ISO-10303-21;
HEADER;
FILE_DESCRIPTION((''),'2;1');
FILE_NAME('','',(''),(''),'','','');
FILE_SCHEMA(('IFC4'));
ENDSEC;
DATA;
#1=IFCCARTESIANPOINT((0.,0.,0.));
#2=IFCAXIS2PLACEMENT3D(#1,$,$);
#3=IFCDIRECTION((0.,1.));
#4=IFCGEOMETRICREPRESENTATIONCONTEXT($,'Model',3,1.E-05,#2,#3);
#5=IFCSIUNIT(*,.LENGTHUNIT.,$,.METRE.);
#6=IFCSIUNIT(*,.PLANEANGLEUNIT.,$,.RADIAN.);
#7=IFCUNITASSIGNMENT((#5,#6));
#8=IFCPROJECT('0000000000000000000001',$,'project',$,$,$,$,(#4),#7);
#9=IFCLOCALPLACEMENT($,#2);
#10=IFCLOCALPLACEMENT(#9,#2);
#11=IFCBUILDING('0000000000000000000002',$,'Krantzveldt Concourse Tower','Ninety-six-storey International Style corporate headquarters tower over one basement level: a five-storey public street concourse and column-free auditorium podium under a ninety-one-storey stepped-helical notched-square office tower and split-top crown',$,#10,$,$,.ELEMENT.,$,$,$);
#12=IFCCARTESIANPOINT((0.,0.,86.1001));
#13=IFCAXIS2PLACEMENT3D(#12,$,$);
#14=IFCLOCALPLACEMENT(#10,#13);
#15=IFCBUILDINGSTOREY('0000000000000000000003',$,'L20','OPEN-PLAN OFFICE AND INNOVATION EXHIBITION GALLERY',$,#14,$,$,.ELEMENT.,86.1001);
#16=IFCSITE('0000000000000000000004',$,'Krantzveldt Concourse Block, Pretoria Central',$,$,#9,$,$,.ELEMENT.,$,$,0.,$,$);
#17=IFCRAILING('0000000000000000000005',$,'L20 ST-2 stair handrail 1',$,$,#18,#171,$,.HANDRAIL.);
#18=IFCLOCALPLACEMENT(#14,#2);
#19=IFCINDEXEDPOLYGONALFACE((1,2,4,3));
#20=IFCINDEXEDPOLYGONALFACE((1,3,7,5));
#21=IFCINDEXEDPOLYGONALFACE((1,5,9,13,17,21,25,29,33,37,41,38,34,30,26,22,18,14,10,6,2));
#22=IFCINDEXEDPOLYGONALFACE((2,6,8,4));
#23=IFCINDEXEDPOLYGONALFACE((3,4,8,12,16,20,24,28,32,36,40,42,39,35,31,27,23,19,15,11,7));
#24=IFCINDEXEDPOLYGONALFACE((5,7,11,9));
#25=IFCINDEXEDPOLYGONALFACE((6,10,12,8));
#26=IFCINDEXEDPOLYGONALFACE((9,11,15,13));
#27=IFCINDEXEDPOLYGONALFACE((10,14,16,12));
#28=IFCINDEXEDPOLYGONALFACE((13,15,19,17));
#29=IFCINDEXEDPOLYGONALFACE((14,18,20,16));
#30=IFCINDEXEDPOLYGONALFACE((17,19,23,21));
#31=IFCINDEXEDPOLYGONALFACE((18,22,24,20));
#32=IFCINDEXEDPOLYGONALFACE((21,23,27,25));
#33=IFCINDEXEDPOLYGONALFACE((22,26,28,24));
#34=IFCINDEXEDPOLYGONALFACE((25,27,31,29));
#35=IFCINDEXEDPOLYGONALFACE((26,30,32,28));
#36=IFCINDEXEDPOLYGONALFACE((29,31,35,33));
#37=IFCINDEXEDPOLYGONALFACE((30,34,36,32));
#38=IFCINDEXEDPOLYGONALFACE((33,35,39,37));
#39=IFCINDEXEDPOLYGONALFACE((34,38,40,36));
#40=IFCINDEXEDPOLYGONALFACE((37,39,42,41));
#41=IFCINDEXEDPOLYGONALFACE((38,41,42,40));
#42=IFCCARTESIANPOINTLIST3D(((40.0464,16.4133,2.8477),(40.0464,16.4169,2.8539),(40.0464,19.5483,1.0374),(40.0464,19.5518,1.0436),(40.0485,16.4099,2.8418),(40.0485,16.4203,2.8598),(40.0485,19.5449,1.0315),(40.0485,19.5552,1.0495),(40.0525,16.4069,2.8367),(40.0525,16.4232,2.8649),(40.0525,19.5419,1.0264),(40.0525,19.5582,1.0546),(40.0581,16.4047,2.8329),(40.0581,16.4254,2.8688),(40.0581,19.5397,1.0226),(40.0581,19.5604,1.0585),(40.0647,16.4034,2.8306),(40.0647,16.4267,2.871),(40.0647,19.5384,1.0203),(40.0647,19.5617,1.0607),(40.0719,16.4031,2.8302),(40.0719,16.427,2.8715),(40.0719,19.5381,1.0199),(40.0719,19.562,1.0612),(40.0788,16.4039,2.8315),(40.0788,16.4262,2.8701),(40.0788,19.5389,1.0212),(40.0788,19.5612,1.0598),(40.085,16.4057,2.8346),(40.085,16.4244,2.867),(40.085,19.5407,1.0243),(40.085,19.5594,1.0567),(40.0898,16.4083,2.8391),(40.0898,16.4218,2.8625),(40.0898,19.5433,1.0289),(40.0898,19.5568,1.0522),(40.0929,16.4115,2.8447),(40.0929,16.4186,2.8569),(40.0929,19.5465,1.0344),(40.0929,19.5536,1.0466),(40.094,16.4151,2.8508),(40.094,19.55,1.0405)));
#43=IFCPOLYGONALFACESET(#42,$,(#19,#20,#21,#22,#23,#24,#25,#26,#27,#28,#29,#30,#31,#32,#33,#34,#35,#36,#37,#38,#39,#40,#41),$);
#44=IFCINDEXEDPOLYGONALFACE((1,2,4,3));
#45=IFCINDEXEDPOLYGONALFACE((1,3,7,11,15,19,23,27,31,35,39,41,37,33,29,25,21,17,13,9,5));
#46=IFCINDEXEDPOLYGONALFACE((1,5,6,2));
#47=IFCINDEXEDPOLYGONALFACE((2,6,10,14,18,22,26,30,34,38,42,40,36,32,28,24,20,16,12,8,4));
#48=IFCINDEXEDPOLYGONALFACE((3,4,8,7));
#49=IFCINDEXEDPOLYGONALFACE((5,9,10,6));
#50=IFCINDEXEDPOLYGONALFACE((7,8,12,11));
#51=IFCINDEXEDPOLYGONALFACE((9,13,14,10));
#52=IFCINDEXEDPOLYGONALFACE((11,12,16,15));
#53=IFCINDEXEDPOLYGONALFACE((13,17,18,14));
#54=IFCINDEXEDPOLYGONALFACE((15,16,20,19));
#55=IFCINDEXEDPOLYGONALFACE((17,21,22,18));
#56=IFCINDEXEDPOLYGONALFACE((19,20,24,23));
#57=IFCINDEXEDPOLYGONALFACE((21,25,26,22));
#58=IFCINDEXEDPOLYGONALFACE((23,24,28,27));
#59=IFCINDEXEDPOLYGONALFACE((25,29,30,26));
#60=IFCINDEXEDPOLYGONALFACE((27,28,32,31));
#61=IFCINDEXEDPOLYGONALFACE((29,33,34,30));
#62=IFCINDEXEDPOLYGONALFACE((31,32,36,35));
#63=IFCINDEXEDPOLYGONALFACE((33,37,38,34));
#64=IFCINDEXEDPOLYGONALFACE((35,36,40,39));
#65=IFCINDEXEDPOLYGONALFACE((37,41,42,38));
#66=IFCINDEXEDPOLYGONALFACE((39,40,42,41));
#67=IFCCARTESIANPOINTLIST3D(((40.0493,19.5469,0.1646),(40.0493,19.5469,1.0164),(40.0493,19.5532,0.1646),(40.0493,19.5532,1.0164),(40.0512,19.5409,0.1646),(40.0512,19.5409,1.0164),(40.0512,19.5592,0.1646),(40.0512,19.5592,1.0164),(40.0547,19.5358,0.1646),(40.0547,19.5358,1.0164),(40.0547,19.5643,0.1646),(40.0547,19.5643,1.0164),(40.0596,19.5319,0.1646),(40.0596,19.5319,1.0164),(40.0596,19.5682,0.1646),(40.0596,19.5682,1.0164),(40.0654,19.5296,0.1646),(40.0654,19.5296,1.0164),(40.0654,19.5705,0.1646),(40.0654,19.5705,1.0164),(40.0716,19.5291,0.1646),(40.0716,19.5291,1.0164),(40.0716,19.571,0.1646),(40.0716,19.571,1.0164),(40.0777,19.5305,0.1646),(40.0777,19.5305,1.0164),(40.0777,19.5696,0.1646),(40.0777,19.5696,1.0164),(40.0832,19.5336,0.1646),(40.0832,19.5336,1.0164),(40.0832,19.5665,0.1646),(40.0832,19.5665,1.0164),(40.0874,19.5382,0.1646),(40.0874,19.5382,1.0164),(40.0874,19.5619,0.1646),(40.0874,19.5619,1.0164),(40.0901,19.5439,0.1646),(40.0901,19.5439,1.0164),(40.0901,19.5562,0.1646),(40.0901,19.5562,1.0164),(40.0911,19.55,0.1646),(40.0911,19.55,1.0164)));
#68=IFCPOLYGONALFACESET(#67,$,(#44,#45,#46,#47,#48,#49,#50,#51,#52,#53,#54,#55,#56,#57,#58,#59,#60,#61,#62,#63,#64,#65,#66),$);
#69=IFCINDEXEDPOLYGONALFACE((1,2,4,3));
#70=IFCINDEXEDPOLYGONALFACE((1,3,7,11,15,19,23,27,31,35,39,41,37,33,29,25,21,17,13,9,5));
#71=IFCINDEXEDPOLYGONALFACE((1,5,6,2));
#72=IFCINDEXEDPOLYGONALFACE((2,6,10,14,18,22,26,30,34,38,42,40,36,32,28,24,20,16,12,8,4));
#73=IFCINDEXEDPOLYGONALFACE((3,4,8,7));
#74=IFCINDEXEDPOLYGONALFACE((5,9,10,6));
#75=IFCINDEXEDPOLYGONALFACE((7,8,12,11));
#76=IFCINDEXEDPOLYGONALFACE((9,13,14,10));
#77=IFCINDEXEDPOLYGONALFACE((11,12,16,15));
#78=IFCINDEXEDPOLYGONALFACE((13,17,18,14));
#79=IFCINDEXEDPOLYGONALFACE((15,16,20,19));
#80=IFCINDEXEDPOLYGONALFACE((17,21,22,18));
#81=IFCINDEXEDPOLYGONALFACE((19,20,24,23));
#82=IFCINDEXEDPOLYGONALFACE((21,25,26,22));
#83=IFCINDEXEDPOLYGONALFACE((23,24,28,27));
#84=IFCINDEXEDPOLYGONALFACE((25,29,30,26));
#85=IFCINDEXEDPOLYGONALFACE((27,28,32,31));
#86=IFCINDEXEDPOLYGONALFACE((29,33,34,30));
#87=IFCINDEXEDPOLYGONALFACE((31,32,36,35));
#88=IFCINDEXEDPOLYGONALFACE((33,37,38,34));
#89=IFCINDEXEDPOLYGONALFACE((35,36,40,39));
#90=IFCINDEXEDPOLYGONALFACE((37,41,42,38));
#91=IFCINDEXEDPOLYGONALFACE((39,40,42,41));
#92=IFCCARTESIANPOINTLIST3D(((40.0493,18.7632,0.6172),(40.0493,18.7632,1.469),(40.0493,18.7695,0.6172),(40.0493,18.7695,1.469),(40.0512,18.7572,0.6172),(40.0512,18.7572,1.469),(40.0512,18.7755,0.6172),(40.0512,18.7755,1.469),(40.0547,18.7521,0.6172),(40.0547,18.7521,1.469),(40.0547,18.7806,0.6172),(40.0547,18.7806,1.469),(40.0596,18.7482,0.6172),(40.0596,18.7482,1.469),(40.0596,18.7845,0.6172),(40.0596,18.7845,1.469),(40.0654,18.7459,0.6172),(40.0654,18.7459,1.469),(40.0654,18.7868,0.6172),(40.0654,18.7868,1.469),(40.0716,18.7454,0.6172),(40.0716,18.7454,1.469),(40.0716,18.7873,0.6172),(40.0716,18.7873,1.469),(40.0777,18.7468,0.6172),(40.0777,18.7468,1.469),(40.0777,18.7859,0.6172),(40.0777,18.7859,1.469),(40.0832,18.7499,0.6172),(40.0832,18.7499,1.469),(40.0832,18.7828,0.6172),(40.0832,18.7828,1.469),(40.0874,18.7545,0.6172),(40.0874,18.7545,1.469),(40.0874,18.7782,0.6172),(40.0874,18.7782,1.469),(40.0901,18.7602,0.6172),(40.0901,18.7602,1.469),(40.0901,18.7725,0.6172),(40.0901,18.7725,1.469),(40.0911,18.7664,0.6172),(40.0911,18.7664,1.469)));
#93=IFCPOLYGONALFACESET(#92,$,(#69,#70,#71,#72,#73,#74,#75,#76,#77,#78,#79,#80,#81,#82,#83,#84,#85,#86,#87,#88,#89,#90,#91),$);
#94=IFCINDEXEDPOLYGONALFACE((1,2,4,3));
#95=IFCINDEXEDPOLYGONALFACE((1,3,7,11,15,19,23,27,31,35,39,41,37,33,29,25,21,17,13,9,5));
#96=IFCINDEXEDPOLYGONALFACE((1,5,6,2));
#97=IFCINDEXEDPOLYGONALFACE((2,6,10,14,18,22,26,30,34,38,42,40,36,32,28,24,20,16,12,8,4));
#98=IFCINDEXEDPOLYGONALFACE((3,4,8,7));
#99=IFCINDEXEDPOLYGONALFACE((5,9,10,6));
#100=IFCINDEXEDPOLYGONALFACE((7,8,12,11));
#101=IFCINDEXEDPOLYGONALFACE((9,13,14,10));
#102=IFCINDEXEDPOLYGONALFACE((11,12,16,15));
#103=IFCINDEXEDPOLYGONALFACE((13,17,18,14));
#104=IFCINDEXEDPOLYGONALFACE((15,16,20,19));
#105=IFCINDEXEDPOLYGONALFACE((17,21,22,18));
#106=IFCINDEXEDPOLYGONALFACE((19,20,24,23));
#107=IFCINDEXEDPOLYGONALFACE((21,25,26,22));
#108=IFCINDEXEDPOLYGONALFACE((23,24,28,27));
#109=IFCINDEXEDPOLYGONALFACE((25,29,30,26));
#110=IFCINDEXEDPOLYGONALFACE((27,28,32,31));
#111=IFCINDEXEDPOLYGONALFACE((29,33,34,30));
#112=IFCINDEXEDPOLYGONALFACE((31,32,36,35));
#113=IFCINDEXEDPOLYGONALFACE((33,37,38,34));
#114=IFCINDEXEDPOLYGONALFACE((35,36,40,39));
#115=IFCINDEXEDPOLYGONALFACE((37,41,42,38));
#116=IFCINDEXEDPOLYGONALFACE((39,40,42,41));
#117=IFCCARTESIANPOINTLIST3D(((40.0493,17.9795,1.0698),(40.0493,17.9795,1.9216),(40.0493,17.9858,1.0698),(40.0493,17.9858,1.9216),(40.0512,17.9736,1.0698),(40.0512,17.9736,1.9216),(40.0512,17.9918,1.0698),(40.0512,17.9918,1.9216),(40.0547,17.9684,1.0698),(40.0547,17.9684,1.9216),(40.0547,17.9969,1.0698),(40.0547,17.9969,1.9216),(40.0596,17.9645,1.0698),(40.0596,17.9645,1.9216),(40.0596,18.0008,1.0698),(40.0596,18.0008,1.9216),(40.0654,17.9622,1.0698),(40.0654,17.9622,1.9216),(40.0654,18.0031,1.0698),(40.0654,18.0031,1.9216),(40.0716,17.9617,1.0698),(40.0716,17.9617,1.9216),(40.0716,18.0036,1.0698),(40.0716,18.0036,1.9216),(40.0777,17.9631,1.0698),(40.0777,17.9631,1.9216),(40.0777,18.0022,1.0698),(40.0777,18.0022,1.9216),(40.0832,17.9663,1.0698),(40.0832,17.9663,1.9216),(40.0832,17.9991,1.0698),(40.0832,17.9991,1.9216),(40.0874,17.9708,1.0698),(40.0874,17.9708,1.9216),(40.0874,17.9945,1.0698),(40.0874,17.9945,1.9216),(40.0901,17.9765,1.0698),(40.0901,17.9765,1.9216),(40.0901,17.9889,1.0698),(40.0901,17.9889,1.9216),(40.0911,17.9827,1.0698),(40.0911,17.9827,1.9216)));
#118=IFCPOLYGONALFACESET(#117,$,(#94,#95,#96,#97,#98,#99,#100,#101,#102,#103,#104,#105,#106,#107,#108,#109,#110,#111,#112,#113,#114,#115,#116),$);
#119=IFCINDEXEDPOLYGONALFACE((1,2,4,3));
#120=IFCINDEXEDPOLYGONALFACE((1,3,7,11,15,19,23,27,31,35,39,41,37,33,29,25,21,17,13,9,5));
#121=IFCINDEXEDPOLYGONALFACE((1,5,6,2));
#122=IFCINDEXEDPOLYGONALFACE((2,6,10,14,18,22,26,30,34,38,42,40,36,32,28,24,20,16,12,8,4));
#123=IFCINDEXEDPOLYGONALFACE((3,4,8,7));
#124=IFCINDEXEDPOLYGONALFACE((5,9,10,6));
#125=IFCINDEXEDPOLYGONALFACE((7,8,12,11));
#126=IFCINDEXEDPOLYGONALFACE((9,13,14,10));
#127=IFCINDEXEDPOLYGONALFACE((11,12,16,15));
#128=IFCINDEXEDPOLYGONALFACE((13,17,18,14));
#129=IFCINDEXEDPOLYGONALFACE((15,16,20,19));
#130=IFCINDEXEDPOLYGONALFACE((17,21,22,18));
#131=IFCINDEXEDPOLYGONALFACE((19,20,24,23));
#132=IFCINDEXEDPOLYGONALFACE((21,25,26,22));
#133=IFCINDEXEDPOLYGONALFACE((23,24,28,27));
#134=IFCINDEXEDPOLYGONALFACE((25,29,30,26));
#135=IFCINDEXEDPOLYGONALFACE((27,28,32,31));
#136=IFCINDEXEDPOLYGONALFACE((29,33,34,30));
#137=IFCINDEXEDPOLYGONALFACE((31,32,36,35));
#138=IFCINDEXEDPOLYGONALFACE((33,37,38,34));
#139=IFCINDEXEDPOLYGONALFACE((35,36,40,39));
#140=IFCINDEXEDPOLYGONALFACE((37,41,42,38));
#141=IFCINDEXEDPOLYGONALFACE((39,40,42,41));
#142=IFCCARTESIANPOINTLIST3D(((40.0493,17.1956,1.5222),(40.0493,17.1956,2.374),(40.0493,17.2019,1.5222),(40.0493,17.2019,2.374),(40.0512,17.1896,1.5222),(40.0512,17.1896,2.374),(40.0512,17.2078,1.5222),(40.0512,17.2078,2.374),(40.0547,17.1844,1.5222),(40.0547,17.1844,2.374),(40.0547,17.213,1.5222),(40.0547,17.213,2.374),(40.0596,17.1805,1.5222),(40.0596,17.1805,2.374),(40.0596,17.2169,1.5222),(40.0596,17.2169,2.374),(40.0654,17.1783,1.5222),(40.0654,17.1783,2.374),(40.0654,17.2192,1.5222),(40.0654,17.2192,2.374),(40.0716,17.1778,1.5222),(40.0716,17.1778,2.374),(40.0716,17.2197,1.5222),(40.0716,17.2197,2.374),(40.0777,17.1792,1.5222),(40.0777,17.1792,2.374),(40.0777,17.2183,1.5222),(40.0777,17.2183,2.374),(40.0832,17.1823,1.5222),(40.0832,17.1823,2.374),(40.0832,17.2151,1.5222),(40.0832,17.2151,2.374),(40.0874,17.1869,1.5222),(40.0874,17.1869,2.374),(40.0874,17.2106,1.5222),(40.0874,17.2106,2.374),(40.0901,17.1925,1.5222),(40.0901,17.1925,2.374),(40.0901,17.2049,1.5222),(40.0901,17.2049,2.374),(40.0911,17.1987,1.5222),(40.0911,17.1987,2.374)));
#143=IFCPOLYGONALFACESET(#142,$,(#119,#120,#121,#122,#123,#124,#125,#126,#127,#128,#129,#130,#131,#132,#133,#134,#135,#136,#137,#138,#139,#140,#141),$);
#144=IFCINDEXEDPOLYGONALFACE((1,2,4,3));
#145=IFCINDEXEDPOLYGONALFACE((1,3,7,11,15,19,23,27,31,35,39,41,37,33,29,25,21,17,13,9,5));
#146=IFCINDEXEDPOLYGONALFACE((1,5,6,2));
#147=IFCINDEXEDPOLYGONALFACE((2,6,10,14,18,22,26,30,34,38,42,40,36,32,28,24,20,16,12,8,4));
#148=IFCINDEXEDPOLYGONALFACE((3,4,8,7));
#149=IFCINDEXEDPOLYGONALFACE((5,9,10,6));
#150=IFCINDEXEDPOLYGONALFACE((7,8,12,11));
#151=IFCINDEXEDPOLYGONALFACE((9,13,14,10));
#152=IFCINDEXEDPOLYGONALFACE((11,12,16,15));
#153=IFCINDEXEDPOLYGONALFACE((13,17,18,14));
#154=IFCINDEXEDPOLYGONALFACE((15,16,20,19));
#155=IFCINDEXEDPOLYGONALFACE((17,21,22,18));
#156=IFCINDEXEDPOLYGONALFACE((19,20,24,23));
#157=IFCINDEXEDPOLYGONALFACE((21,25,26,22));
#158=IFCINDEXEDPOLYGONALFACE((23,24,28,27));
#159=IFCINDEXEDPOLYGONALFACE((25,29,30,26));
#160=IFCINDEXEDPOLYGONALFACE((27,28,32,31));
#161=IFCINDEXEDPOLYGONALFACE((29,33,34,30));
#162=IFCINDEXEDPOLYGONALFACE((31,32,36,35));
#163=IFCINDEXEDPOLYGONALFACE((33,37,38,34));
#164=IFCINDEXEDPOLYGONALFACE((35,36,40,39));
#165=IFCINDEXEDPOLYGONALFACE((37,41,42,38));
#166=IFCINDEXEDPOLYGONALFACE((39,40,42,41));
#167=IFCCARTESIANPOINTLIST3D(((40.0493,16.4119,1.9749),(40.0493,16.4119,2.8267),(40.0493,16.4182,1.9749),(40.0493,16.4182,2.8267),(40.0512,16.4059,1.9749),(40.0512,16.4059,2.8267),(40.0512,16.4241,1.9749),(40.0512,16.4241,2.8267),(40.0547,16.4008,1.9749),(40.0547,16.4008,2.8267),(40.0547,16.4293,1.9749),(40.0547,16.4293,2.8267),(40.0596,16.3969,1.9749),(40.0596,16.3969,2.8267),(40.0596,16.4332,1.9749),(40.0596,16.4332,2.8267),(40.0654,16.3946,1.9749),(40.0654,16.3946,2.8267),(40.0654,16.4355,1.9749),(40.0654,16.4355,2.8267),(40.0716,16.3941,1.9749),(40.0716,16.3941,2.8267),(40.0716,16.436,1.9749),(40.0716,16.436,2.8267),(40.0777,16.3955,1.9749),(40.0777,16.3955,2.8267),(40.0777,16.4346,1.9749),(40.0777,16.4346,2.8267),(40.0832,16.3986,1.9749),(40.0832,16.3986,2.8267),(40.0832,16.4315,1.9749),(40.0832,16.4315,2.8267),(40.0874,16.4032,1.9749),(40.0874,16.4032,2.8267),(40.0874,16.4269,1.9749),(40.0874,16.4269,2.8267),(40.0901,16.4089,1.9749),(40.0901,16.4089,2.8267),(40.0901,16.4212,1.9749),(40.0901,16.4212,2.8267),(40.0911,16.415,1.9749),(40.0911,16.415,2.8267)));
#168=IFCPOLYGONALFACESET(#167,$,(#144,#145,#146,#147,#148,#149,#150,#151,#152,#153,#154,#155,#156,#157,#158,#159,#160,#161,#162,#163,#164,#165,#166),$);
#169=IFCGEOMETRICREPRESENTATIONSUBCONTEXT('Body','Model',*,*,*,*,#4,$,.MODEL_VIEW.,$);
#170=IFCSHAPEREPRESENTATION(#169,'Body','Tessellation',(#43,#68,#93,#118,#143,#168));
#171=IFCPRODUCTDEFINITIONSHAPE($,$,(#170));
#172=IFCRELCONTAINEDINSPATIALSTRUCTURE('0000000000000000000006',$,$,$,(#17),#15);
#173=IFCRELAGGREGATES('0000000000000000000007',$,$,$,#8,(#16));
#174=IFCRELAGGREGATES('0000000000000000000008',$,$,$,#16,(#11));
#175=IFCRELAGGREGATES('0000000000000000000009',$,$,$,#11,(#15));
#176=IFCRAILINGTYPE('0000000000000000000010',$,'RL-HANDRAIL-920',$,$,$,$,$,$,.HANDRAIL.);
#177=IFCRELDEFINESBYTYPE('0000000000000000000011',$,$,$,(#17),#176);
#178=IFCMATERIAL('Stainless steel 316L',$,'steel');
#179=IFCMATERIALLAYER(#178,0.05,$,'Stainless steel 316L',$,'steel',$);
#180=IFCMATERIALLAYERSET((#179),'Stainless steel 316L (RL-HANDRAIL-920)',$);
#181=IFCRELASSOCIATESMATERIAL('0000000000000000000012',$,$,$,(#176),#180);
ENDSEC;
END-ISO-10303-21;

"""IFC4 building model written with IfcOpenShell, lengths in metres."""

from ifc_helpers import new_model, si_unit, direction, frame, origin, origin_2d, place, context, subcontext, project, spatial, circle, extrude, material, layer, layer_set, type_object, element, save


model = new_model("IFC4")

# Units and contexts
model_context = context("Model", 3, precision=1e-05, world=origin(), true_north=direction((0.0, 1.0)))
body_context = subcontext(model_context, "Body", "Model", "MODEL_VIEW")
ifc_project = project(units=[si_unit("LENGTHUNIT", "METRE"), si_unit("PLANEANGLEUNIT", "RADIAN")], contexts=[model_context])

# Site, building, storey
site_placement = place(None, origin())
site = spatial("IfcSite", under=ifc_project, at=site_placement, Name="Krantzveldt Concourse Block, Pretoria Central", CompositionType="ELEMENT", RefElevation=0.0)
building_placement = place(site_placement, origin())
building = spatial("IfcBuilding", under=site, at=building_placement, Name="Krantzveldt Concourse Tower", Description="Ninety-six-storey International Style corporate headquarters tower over one basement level: a five-storey public street concourse and column-free auditorium podium under a ninety-one-storey stepped-helical notched-square office tower and split-top crown", CompositionType="ELEMENT")
storey_placement = place(building_placement, frame((0.0, 0.0, 86.1001)))
storey = spatial("IfcBuildingStorey", under=building, at=storey_placement, Name="L20", Description="OPEN-PLAN OFFICE AND INNOVATION EXHIBITION GALLERY", CompositionType="ELEMENT", Elevation=86.1001)

# Shared definitions
ifc_material_1 = material(Name="Stainless steel 316L", Category="steel")

# Railing
ifc_layer_1 = layer(ifc_material_1, 0.05, Name="Stainless steel 316L", Category="steel")
ifc_layer_set_1 = layer_set([ifc_layer_1], Name="Stainless steel 316L (RL-HANDRAIL-920)")
railing_type_1 = type_object("IfcRailingType", Name="RL-HANDRAIL-920", PredefinedType="HANDRAIL", material=ifc_layer_set_1)
railing_1_placement = place(storey_placement, frame((40.0701, 19.55, 0.1646)))
element("IfcRailing", 1, at=railing_1_placement, inside=storey, type_object=railing_type_1, Name="L20 ST-2 stair handrail 1", PredefinedType="HANDRAIL", context=body_context, shape_type="SweptSolid", body=[
    extrude(circle(Radius=0.0239, at=origin_2d()), frame((0.0, 0.0, 0.876), z_axis=(0.0, -0.865989, 0.500063), x_axis=(1.0, 0.0, 0.0)), (0.0, 0.0, 1.0), 3.6201),
    extrude(circle(Radius=0.021, at=origin_2d()), origin(), (0.0, 0.0, 1.0), 0.8518),
    extrude(circle(Radius=0.021, at=origin_2d()), frame((0.0, -0.7837, 0.4526)), (0.0, 0.0, 1.0), 0.8518),
    extrude(circle(Radius=0.021, at=origin_2d()), frame((0.0, -1.5674, 0.9053)), (0.0, 0.0, 1.0), 0.8518),
    extrude(circle(Radius=0.021, at=origin_2d()), frame((0.0, -2.3513, 1.3577)), (0.0, 0.0, 1.0), 0.8518),
    extrude(circle(Radius=0.021, at=origin_2d()), frame((0.0, -3.135, 1.8103)), (0.0, 0.0, 1.0), 0.8518),
])

save(model, "model.ifc")
